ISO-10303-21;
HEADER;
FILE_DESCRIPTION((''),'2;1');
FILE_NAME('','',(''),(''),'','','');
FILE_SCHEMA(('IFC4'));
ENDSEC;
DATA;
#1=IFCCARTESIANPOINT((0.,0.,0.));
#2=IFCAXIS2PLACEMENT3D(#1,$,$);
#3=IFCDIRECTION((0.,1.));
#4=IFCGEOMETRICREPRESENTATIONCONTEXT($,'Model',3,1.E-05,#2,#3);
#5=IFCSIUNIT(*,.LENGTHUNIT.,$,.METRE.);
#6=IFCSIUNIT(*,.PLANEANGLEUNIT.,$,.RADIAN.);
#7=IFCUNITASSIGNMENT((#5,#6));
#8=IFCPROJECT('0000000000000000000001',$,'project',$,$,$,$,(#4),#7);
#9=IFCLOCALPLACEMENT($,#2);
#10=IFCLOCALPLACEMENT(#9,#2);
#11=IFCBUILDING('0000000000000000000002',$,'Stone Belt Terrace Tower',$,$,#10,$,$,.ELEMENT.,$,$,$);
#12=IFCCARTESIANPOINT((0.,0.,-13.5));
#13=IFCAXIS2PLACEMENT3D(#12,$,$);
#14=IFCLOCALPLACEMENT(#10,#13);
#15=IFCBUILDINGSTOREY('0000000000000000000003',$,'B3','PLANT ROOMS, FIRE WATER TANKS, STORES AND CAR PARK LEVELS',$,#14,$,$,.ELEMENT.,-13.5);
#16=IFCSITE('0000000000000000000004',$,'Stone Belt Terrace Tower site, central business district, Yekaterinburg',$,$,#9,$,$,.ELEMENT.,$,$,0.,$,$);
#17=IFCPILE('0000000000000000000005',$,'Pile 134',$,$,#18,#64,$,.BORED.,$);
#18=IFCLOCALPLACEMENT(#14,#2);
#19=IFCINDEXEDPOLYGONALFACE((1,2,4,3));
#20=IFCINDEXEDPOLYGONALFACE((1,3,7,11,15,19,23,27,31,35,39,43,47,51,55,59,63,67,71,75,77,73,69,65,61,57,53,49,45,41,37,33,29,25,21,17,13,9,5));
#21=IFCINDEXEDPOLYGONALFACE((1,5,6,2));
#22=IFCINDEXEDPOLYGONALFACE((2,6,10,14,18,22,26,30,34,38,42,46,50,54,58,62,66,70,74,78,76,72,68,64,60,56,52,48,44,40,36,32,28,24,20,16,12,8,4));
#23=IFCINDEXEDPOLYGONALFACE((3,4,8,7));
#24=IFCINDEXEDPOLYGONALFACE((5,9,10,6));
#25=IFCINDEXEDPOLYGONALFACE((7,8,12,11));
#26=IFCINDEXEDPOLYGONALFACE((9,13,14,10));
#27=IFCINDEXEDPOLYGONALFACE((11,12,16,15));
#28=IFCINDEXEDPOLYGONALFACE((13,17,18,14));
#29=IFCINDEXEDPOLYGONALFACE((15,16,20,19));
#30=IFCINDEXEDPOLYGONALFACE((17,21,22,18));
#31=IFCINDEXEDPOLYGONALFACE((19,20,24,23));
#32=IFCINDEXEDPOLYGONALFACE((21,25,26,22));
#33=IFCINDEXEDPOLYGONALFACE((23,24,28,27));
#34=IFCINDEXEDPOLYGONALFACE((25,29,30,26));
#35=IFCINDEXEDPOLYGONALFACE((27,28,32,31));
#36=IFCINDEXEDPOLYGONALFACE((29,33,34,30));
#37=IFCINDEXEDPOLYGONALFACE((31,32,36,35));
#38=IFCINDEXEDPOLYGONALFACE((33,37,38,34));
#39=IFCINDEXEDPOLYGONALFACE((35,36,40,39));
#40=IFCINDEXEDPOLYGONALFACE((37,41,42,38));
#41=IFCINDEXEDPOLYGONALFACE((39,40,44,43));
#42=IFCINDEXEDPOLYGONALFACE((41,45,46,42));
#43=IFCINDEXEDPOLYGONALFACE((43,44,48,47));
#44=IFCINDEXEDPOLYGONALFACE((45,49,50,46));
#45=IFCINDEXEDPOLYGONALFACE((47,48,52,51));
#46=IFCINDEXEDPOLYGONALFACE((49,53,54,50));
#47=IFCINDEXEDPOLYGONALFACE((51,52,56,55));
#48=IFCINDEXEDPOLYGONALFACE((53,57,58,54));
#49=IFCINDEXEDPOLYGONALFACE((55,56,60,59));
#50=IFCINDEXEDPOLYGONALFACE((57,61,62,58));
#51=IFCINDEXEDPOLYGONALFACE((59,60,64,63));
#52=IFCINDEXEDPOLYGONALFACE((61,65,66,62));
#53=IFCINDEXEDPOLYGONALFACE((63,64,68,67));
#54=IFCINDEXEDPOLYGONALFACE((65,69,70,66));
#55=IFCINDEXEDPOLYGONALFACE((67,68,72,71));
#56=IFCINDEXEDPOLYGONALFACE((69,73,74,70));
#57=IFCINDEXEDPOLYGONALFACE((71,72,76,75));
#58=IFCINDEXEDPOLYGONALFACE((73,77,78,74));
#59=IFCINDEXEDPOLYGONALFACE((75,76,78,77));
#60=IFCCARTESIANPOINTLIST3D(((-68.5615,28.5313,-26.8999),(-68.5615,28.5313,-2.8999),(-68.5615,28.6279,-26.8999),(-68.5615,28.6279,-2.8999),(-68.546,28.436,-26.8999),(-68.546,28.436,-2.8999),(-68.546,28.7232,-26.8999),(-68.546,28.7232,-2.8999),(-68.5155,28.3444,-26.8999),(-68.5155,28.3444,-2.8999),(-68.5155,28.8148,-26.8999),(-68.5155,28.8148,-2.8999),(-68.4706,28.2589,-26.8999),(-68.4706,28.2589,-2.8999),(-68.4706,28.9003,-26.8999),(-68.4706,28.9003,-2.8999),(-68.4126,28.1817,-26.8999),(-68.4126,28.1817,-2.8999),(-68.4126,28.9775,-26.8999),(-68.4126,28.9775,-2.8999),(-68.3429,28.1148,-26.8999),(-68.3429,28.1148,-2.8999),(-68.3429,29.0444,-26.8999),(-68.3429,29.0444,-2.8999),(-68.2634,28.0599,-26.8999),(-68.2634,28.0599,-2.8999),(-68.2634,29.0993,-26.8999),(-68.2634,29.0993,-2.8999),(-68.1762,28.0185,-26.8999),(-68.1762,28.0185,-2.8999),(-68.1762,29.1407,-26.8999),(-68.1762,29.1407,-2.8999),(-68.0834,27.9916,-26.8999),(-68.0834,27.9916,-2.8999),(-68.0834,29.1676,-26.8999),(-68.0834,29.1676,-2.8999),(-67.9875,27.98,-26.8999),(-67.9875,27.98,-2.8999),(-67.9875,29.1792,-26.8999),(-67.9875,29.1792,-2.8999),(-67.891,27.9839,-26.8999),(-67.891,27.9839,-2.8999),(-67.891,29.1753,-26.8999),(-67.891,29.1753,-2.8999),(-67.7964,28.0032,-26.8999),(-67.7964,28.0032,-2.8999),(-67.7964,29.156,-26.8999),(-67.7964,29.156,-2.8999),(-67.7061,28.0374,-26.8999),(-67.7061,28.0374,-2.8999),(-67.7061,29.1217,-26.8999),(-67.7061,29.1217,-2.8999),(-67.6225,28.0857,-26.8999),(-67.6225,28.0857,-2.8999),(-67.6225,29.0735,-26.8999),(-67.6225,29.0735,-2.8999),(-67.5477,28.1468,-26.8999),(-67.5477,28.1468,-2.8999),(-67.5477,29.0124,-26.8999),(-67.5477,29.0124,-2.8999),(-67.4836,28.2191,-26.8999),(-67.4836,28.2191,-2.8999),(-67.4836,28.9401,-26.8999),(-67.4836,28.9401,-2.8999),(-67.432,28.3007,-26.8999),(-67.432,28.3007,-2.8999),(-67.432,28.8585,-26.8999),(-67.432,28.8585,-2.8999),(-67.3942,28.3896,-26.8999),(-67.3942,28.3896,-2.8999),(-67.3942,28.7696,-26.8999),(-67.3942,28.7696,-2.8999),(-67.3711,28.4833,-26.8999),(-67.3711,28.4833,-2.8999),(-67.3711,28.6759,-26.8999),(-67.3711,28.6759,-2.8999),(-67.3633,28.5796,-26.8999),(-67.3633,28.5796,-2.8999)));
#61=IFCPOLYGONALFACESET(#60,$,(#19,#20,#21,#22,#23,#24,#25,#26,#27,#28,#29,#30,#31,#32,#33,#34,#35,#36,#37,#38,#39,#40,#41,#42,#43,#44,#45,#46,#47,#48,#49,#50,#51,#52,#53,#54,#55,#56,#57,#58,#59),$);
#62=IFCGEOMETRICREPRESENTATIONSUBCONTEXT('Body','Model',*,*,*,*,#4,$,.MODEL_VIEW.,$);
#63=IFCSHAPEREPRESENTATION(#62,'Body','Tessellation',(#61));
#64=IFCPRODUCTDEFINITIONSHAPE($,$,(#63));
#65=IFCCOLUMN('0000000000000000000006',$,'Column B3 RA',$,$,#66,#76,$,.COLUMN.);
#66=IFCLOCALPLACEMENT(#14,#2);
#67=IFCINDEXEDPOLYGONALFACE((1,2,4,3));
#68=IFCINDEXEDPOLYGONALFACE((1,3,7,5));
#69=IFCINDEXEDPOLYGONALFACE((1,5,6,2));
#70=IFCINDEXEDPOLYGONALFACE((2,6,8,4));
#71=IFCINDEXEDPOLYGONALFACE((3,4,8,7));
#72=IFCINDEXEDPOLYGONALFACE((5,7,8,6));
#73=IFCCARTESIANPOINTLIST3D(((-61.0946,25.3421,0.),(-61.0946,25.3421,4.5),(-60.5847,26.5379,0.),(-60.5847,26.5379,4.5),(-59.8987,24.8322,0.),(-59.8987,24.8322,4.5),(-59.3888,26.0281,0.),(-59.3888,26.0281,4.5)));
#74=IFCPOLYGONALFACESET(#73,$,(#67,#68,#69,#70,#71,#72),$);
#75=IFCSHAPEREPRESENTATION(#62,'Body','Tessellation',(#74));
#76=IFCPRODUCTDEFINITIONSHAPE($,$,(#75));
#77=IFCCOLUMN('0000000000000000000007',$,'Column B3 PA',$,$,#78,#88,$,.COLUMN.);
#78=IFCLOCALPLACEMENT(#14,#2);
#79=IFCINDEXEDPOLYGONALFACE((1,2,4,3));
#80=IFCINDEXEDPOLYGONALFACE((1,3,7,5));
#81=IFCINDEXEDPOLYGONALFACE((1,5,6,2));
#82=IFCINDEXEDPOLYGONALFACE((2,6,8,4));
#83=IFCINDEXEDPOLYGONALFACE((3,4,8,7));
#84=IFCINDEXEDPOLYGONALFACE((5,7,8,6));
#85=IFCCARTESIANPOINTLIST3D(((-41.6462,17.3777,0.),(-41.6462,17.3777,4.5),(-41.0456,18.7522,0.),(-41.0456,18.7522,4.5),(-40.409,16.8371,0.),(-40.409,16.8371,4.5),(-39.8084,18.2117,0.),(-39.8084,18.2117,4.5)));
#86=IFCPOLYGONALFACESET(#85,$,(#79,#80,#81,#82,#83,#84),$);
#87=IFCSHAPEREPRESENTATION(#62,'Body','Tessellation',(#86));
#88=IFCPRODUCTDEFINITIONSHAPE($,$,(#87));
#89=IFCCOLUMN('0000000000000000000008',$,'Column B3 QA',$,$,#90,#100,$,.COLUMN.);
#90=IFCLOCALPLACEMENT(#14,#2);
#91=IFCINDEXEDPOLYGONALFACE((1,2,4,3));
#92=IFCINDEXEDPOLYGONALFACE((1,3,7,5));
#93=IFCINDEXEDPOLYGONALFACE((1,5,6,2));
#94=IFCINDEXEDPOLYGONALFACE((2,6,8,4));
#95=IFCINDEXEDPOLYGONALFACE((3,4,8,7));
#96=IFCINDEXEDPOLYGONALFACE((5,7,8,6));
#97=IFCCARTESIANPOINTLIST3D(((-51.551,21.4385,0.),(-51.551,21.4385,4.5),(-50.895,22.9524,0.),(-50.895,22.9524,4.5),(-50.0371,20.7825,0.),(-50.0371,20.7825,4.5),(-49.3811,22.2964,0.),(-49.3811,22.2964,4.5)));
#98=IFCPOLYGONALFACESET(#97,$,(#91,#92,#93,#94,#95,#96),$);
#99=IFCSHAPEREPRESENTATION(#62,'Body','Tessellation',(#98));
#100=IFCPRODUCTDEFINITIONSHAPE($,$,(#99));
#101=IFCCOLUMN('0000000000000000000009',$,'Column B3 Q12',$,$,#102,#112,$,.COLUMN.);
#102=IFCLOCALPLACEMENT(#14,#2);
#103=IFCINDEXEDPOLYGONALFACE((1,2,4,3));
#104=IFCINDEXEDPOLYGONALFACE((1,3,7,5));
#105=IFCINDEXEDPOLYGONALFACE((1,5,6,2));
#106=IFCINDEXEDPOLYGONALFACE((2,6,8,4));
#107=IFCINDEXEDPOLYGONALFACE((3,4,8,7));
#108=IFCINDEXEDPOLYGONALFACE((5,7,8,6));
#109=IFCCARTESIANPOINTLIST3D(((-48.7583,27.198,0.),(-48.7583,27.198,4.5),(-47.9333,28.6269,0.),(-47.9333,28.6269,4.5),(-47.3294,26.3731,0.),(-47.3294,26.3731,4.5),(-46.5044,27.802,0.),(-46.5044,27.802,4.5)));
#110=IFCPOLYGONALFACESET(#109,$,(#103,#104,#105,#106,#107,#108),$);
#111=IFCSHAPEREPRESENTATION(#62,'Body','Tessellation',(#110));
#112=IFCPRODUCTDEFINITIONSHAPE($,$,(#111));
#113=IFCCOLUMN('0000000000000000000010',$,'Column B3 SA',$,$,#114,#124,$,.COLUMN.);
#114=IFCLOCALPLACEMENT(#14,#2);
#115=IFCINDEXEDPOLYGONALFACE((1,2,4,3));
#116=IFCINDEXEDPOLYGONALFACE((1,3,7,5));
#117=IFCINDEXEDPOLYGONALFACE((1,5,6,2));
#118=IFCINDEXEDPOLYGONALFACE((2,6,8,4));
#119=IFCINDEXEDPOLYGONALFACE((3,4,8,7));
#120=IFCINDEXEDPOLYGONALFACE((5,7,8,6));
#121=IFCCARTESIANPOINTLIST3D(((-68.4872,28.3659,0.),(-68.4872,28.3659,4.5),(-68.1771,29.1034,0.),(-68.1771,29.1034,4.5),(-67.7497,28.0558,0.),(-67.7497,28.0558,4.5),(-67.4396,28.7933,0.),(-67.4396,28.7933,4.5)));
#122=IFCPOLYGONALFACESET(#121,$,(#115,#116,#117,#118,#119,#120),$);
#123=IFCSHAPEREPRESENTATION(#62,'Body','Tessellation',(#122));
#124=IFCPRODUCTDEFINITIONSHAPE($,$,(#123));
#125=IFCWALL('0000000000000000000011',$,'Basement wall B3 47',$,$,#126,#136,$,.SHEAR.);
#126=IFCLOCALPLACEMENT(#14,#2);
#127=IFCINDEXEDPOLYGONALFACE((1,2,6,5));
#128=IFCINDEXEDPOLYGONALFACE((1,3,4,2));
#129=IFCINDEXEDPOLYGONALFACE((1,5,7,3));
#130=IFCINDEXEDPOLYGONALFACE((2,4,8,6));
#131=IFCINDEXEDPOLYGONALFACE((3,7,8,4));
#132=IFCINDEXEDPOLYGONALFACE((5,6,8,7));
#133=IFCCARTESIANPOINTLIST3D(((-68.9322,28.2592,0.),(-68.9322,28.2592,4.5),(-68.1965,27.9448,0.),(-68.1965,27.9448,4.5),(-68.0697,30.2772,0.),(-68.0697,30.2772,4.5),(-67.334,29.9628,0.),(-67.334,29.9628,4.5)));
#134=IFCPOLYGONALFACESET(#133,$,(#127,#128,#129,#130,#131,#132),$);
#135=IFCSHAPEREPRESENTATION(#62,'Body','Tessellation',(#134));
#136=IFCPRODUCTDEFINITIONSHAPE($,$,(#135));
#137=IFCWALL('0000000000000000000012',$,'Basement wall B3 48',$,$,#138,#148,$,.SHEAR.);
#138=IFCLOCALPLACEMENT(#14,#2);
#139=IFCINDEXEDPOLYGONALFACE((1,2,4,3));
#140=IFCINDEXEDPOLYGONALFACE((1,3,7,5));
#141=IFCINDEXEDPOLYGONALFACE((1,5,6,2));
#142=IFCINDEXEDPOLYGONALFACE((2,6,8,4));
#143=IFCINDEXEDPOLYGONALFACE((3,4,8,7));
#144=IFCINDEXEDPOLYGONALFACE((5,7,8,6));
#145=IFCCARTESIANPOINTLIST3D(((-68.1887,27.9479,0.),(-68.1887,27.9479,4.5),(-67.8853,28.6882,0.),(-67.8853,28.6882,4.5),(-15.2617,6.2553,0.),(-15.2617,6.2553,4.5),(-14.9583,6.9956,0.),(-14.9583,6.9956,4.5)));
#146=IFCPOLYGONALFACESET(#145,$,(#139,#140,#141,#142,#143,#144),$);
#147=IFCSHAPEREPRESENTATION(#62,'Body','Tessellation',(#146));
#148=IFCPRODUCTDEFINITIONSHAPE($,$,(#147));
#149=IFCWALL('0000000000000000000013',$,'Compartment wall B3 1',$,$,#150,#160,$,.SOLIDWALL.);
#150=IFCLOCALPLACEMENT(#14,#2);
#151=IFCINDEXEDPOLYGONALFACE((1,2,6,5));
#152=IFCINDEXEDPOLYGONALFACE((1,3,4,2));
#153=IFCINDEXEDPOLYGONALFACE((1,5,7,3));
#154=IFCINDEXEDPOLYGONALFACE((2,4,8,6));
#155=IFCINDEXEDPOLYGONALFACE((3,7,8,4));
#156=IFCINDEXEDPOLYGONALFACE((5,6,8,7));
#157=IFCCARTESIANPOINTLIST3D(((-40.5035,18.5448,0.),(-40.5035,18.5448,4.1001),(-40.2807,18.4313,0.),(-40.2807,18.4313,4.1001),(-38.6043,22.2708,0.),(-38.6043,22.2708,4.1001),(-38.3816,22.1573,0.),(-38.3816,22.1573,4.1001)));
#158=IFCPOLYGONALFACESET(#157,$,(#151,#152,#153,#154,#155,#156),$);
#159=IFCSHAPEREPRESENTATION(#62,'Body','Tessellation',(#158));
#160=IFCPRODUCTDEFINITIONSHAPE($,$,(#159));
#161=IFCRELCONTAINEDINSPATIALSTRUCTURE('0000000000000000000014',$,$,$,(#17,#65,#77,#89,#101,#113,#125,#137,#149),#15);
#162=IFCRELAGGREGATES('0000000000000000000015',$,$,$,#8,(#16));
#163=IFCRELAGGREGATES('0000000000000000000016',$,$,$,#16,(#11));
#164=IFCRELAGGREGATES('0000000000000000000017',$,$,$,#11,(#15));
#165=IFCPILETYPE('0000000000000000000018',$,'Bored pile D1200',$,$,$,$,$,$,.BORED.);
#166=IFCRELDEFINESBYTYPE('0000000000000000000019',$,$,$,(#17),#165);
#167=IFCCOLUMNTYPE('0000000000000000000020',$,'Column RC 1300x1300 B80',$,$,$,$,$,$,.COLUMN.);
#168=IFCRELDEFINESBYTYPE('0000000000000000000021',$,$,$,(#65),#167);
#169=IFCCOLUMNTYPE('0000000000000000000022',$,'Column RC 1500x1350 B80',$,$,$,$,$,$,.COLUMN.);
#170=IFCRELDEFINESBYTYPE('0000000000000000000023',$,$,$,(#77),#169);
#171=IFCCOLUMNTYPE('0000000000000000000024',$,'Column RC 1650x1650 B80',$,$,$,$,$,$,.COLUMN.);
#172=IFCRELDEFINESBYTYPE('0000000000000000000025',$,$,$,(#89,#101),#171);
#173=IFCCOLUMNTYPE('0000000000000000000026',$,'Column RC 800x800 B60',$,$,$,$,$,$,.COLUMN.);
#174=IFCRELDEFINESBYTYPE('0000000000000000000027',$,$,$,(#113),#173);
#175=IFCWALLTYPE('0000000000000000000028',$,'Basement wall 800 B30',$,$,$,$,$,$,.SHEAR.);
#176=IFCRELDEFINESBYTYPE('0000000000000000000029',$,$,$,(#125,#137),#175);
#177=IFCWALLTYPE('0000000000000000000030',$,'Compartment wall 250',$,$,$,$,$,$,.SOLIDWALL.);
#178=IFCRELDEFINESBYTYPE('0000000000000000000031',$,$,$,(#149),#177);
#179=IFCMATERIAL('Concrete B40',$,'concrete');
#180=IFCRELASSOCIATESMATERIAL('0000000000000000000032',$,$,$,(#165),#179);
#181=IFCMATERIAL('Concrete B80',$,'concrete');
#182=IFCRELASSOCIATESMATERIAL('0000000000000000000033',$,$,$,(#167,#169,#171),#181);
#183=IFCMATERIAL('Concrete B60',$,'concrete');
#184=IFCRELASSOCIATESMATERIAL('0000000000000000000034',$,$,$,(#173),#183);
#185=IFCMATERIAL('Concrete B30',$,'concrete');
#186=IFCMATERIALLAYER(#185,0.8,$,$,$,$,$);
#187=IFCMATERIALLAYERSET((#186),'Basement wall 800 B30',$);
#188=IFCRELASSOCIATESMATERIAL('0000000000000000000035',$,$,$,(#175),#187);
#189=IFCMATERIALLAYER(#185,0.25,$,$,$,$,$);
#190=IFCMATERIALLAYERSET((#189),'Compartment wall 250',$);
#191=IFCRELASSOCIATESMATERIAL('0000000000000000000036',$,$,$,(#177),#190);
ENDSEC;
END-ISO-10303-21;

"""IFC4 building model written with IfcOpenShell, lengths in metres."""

from ifc_helpers import new_model, si_unit, direction, frame, frame_2d, origin, origin_2d, place, context, subcontext, project, spatial, rectangle, circle, extrude, material, layer, layer_set, material_profile, profile_set, type_object, element, save


model = new_model("IFC4")

# Units and contexts
model_context = context("Model", 3, precision=1e-05, world=origin(), true_north=direction((0.0, 1.0)))
body_context = subcontext(model_context, "Body", "Model", "MODEL_VIEW")
ifc_project = project(units=[si_unit("LENGTHUNIT", "METRE"), si_unit("PLANEANGLEUNIT", "RADIAN")], contexts=[model_context])

# Site, building, storey
site_placement = place(None, origin())
site = spatial("IfcSite", under=ifc_project, at=site_placement, Name="Stone Belt Terrace Tower site, central business district, Yekaterinburg", CompositionType="ELEMENT", RefElevation=0.0)
building_placement = place(site_placement, origin())
building = spatial("IfcBuilding", under=site, at=building_placement, Name="Stone Belt Terrace Tower", CompositionType="ELEMENT")
storey_placement = place(building_placement, frame((0.0, 0.0, -13.5)))
storey = spatial("IfcBuildingStorey", under=building, at=storey_placement, Name="B3", Description="PLANT ROOMS, FIRE WATER TANKS, STORES AND CAR PARK LEVELS", CompositionType="ELEMENT", Elevation=-13.5)

# Pile
ifc_material_1 = material(Name="Concrete B40", Category="concrete")
ifc_material_profile_1 = material_profile(ifc_material_1, circle(Radius=0.6001, at=origin_2d()), Name="PILE D1200")
ifc_profile_set_1 = profile_set([ifc_material_profile_1], Name="Concrete B40")
pile_type = type_object("IfcPileType", Name="Bored pile D1200", PredefinedType="BORED", material=ifc_profile_set_1)
for number, where, z_axis, x_axis, name in (
    (1, (-67.9634, 28.5796, -2.8999), (0.0, 0.0, -1.0), (1.0, 0.0, 0.0), "Pile 134"),
):
    element("IfcPile", number, at=place(storey_placement, frame(where, z_axis=z_axis, x_axis=x_axis)), inside=storey, type_object=pile_type, Name=name, PredefinedType="BORED", context=body_context, shape_type="SweptSolid", body=[
        extrude(circle(Radius=0.6001, at=origin_2d()), origin(), (0.0, 0.0, 1.0), 24.0),
    ])

# Columns
ifc_material_2 = material(Name="Concrete B80", Category="concrete")
ifc_material_profile_2 = material_profile(ifc_material_2, rectangle(XDim=1.3, YDim=1.3, at=origin_2d()), Name="RC 1300x1300")
ifc_profile_set_2 = profile_set([ifc_material_profile_2], Name="Concrete B80")
column_type_1 = type_object("IfcColumnType", Name="Column RC 1300x1300 B80", PredefinedType="COLUMN", material=ifc_profile_set_2)
column_1_placement = place(storey_placement, frame((-60.2417, 25.6851, 0.0), z_axis=(0.0, 0.0, 1.0), x_axis=(0.392204, 0.919878, 0.0)))
element("IfcColumn", 2, at=column_1_placement, inside=storey, type_object=column_type_1, Name="Column B3 RA", PredefinedType="COLUMN", context=body_context, shape_type="SweptSolid", body=[
    extrude(rectangle(XDim=1.3, YDim=1.3, at=origin_2d()), origin(), (0.0, 0.0, 1.0), 4.5),
])
ifc_material_profile_3 = material_profile(ifc_material_2, rectangle(XDim=1.5, YDim=1.3501, at=origin_2d()), Name="RC 1500x1350")
ifc_profile_set_3 = profile_set([ifc_material_profile_3], Name="Concrete B80")
column_type_2 = type_object("IfcColumnType", Name="Column RC 1500x1350 B80", PredefinedType="COLUMN", material=ifc_profile_set_3)
column_2_placement = place(storey_placement, frame((-40.7273, 17.7947, 0.0), z_axis=(0.0, 0.0, 1.0), x_axis=(0.400376, 0.916351, 0.0)))
element("IfcColumn", 3, at=column_2_placement, inside=storey, type_object=column_type_2, Name="Column B3 PA", PredefinedType="COLUMN", context=body_context, shape_type="SweptSolid", body=[
    extrude(rectangle(XDim=1.5, YDim=1.3501, at=origin_2d()), origin(), (0.0, 0.0, 1.0), 4.5),
])
ifc_material_profile_4 = material_profile(ifc_material_2, rectangle(XDim=1.6499, YDim=1.6499, at=origin_2d()), Name="RC 1650x1650")
ifc_profile_set_4 = profile_set([ifc_material_profile_4], Name="Concrete B80")
column_type_3 = type_object("IfcColumnType", Name="Column RC 1650x1650 B80", PredefinedType="COLUMN", material=ifc_profile_set_4)
for number, where, z_axis, x_axis, name in (
    (4, (-50.4661, 21.8674, 0.0), (0.0, 0.0, 1.0), (0.397588, 0.917564, 0.0), "Column B3 QA"),
    (5, (-47.6313, 27.5, 0.0), (0.0, 0.0, 1.0), (0.5, 0.866025, 0.0), "Column B3 Q12"),
):
    element("IfcColumn", number, at=place(storey_placement, frame(where, z_axis=z_axis, x_axis=x_axis)), inside=storey, type_object=column_type_3, Name=name, PredefinedType="COLUMN", context=body_context, shape_type="SweptSolid", body=[
        extrude(rectangle(XDim=1.6499, YDim=1.6499, at=origin_2d()), origin(), (0.0, 0.0, 1.0), 4.5),
    ])
ifc_material_3 = material(Name="Concrete B60", Category="concrete")
ifc_material_profile_5 = material_profile(ifc_material_3, rectangle(XDim=0.8, YDim=0.8, at=origin_2d()), Name="RC 800x800")
ifc_profile_set_5 = profile_set([ifc_material_profile_5], Name="Concrete B60")
column_type_4 = type_object("IfcColumnType", Name="Column RC 800x800 B60", PredefinedType="COLUMN", material=ifc_profile_set_5)
column_3_placement = place(storey_placement, frame((-67.9634, 28.5796, 0.0), z_axis=(0.0, 0.0, 1.0), x_axis=(0.387636, 0.921812, 0.0)))
element("IfcColumn", 6, at=column_3_placement, inside=storey, type_object=column_type_4, Name="Column B3 SA", PredefinedType="COLUMN", context=body_context, shape_type="SweptSolid", body=[
    extrude(rectangle(XDim=0.8, YDim=0.8, at=origin_2d()), origin(), (0.0, 0.0, 1.0), 4.5),
])

# Walls
ifc_material_4 = material(Name="Concrete B30", Category="concrete")
ifc_layer_1 = layer(ifc_material_4, 0.8)
ifc_layer_set_1 = layer_set([ifc_layer_1], Name="Basement wall 800 B30")
wall_type_1 = type_object("IfcWallType", Name="Basement wall 800 B30", PredefinedType="SHEAR", material=ifc_layer_set_1)
wall_1_placement = place(storey_placement, frame((-67.7019, 30.1199, 0.0), z_axis=(0.0, 0.0, 1.0), x_axis=(-0.39302, -0.91953, 0.0)))
element("IfcWall", 7, at=wall_1_placement, inside=storey, type_object=wall_type_1, Name="Basement wall B3 47", PredefinedType="SHEAR", context=body_context, shape_type="SweptSolid", body=[
    extrude(rectangle(XDim=2.1946, YDim=0.8, at=frame_2d((1.0972, 0.0))), origin(), (0.0, 0.0, 1.0), 4.5),
])
wall_2_placement = place(storey_placement, frame((-68.0371, 28.3181, 0.0), z_axis=(0.0, 0.0, 1.0), x_axis=(0.925298, -0.379242, 0.0)))
element("IfcWall", 8, at=wall_2_placement, inside=storey, type_object=wall_type_1, Name="Basement wall B3 48", PredefinedType="SHEAR", context=body_context, shape_type="SweptSolid", body=[
    extrude(rectangle(XDim=57.2, YDim=0.8, at=frame_2d((28.6001, 0.0))), origin(), (0.0, 0.0, 1.0), 4.5),
])
ifc_layer_2 = layer(ifc_material_4, 0.25)
ifc_layer_set_2 = layer_set([ifc_layer_2], Name="Compartment wall 250")
wall_type_2 = type_object("IfcWallType", Name="Compartment wall 250", PredefinedType="SOLIDWALL", material=ifc_layer_set_2)
wall_3_placement = place(storey_placement, frame((-40.3921, 18.488, 0.0), z_axis=(0.0, 0.0, 1.0), x_axis=(0.454112, 0.890945, 0.0)))
element("IfcWall", 9, at=wall_3_placement, inside=storey, type_object=wall_type_2, Name="Compartment wall B3 1", PredefinedType="SOLIDWALL", context=body_context, shape_type="SweptSolid", body=[
    extrude(rectangle(XDim=4.1821, YDim=0.25, at=frame_2d((2.0911, 0.0))), origin(), (0.0, 0.0, 1.0), 4.1001),
])

save(model, "model.ifc")
